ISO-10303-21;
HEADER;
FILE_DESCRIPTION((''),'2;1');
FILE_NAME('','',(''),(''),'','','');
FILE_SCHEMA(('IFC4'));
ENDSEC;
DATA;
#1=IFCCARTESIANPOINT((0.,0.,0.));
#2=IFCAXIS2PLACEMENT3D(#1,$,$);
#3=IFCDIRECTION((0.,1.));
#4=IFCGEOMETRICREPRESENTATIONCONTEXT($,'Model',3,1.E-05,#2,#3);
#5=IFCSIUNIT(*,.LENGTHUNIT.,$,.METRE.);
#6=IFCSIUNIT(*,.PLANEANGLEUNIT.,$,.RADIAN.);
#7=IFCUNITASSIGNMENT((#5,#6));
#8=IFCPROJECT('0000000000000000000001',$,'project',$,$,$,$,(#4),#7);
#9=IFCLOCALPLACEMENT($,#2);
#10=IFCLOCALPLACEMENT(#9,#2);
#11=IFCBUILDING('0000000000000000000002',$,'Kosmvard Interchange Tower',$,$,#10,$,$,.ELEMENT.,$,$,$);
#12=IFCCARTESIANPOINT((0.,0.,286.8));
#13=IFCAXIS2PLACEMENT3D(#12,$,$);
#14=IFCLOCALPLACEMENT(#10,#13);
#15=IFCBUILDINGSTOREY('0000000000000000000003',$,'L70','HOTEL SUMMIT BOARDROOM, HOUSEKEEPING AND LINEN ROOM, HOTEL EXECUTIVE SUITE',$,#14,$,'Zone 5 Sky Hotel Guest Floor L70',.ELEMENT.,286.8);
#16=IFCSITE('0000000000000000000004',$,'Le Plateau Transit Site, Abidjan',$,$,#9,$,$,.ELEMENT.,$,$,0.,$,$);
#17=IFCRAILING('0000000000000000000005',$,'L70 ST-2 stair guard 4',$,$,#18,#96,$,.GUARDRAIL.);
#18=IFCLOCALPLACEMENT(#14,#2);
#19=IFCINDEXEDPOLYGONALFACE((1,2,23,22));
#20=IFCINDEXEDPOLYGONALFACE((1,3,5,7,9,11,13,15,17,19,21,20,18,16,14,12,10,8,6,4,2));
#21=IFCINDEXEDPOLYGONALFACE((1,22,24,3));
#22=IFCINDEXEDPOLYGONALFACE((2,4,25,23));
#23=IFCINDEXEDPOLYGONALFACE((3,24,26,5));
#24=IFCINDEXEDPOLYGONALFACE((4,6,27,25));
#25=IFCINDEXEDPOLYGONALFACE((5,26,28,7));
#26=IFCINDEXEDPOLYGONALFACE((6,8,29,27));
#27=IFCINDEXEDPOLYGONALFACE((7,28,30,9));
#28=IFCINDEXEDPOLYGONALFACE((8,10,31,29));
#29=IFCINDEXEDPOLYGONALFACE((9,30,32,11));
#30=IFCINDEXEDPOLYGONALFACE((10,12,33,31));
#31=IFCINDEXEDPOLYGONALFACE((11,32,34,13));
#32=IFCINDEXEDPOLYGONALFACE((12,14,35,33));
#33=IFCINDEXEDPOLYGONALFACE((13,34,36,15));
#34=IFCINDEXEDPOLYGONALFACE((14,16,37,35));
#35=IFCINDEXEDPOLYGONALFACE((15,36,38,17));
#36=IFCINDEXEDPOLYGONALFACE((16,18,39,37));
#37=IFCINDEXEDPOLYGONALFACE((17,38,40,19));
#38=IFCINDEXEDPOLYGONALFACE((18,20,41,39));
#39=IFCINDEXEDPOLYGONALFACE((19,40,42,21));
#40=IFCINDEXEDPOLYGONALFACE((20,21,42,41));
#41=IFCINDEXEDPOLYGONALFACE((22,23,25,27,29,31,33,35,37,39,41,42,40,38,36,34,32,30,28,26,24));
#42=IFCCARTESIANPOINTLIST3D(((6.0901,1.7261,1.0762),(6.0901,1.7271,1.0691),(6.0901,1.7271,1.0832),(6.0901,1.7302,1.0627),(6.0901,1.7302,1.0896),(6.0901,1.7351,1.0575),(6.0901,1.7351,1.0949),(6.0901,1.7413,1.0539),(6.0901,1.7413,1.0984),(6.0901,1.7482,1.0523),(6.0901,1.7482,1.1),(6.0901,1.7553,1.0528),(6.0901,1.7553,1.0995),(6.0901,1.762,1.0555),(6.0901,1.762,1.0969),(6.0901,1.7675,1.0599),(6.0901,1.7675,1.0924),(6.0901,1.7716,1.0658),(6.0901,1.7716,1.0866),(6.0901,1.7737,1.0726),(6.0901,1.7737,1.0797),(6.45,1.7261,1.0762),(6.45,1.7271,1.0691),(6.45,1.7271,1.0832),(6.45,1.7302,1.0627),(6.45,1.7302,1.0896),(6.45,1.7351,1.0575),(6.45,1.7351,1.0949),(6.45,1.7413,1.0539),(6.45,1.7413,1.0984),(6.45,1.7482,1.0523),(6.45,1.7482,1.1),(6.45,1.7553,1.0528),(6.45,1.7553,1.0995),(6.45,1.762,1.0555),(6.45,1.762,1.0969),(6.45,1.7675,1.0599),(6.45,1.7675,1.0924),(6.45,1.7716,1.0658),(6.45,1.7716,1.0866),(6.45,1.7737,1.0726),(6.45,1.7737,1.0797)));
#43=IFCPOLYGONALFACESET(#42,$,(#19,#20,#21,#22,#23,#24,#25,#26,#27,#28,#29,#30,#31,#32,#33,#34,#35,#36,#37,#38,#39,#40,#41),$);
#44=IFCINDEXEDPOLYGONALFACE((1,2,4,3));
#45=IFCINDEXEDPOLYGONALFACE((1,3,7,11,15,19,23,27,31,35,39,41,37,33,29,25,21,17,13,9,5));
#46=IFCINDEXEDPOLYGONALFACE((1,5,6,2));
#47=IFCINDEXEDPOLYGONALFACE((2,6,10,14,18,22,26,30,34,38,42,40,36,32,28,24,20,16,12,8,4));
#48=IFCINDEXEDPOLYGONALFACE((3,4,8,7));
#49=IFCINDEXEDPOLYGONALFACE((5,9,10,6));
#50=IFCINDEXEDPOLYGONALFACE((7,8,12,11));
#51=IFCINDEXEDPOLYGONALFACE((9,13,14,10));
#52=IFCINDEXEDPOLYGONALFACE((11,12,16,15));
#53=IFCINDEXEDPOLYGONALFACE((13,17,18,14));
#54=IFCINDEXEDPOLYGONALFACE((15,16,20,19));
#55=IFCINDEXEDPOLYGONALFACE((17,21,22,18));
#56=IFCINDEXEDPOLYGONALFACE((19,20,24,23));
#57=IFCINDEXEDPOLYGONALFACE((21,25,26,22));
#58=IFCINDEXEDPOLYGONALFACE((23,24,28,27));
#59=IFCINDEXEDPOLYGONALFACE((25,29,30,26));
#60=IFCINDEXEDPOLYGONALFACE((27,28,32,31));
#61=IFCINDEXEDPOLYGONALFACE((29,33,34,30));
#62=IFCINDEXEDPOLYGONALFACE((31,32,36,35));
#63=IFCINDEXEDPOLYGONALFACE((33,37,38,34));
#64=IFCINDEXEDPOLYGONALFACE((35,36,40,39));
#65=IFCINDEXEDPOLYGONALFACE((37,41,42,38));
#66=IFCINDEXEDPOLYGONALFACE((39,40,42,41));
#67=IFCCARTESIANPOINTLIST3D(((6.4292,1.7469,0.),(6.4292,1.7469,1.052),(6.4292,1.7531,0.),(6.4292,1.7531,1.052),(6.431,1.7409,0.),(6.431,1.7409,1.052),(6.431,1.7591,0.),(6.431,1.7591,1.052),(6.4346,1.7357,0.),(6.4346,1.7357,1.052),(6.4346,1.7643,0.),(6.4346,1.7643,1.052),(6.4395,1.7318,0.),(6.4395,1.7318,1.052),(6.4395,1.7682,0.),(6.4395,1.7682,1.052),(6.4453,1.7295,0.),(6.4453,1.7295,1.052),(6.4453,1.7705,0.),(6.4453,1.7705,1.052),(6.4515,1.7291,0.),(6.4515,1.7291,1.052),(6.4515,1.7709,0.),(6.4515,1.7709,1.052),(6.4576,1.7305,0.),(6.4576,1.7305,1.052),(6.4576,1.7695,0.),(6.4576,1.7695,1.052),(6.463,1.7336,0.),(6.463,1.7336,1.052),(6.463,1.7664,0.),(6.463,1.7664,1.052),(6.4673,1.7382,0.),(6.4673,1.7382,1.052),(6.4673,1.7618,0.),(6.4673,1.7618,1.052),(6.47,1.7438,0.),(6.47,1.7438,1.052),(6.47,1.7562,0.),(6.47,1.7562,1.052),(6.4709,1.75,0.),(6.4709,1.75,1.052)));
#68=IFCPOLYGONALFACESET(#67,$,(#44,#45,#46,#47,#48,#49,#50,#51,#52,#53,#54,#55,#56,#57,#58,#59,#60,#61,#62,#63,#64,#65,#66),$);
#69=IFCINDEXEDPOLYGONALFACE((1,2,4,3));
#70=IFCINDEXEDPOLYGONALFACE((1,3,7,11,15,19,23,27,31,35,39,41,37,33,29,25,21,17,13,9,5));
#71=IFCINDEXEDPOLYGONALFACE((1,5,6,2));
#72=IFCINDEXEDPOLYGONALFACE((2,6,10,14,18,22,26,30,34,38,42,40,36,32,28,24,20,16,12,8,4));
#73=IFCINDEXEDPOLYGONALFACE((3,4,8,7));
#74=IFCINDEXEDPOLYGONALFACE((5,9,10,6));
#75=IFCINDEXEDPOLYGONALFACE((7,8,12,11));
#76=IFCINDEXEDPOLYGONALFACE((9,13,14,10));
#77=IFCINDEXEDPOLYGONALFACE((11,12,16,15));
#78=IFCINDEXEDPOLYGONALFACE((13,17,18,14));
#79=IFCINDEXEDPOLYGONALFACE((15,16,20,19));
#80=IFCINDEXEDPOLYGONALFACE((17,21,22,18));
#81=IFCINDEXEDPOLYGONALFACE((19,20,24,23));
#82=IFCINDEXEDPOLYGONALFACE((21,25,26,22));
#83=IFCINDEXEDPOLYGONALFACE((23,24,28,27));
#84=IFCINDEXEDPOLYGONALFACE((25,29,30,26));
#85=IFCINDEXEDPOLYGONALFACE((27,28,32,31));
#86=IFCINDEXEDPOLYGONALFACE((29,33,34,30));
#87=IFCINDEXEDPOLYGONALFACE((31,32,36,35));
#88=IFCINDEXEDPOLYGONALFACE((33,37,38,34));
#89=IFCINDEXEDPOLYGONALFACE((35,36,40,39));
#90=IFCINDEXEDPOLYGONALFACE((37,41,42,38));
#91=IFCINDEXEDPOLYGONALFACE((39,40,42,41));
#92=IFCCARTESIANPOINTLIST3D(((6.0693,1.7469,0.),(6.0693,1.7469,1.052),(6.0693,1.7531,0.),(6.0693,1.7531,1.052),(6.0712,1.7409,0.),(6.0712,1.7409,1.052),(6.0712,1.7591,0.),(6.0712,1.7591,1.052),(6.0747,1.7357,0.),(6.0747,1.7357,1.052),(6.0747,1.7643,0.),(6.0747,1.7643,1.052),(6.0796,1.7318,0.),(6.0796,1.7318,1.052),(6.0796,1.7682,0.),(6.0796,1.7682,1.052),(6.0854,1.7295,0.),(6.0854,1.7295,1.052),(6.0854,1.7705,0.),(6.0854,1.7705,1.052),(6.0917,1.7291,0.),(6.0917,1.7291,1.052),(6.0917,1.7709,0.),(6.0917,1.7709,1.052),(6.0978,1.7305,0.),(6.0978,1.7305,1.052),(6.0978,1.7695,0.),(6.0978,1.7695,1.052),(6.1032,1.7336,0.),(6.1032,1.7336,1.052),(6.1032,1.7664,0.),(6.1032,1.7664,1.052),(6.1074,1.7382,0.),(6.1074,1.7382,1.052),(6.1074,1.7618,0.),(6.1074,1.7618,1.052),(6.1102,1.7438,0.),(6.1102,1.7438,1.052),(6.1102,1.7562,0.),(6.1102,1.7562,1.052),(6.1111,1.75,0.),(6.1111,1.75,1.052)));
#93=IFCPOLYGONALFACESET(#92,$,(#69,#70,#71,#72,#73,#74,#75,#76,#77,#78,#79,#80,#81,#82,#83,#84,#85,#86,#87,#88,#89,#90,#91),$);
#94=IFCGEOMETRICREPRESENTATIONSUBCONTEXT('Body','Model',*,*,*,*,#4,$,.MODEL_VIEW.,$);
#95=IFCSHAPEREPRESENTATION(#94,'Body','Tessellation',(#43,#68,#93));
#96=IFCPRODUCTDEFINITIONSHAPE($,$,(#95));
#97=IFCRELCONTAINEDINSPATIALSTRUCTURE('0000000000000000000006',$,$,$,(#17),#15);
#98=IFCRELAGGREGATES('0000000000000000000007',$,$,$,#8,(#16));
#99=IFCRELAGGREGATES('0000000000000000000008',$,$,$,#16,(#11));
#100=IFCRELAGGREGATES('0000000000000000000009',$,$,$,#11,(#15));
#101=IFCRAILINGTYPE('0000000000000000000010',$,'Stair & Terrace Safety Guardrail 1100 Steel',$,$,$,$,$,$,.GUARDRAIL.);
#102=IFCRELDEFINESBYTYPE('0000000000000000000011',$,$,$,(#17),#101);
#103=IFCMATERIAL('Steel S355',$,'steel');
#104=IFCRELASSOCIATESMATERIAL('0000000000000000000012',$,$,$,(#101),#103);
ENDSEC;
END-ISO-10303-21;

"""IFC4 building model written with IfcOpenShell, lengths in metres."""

from ifc_helpers import new_model, si_unit, direction, frame, origin, origin_2d, place, context, subcontext, project, spatial, circle, extrude, source, transform, mapped, material, type_object, element, save


model = new_model("IFC4")

# Units and contexts
model_context = context("Model", 3, precision=1e-05, world=origin(), true_north=direction((0.0, 1.0)))
body_context = subcontext(model_context, "Body", "Model", "MODEL_VIEW")
ifc_project = project(units=[si_unit("LENGTHUNIT", "METRE"), si_unit("PLANEANGLEUNIT", "RADIAN")], contexts=[model_context])

# Site, building, storey
site_placement = place(None, origin())
site = spatial("IfcSite", under=ifc_project, at=site_placement, Name="Le Plateau Transit Site, Abidjan", CompositionType="ELEMENT", RefElevation=0.0)
building_placement = place(site_placement, origin())
building = spatial("IfcBuilding", under=site, at=building_placement, Name="Kosmvard Interchange Tower", CompositionType="ELEMENT")
storey_placement = place(building_placement, frame((0.0, 0.0, 286.8)))
storey = spatial("IfcBuildingStorey", under=building, at=storey_placement, Name="L70", Description="HOTEL SUMMIT BOARDROOM, HOUSEKEEPING AND LINEN ROOM, HOTEL EXECUTIVE SUITE", LongName="Zone 5 Sky Hotel Guest Floor L70", CompositionType="ELEMENT", Elevation=286.8)

# Shared definitions
ifc_material_1 = material(Name="Steel S355", Category="steel")

# Railing
railing_type_1 = type_object("IfcRailingType", Name="Stair & Terrace Safety Guardrail 1100 Steel", PredefinedType="GUARDRAIL", material=ifc_material_1)
shared_shape_1 = source(origin(), body_context, "Body", "SweptSolid", [
    extrude(circle(Radius=0.0239, at=origin_2d()), frame((0.0, 0.0, 1.0762), z_axis=(-1.0, 0.0, 0.0), x_axis=(0.0, -1.0, 0.0)), (0.0, 0.0, 1.0), 0.3599),
    extrude(circle(Radius=0.021, at=origin_2d()), origin(), (0.0, 0.0, 1.0), 1.052),
    extrude(circle(Radius=0.021, at=origin_2d()), frame((-0.3599, 0.0, 0.0)), (0.0, 0.0, 1.0), 1.052),
])
for number, where, name in (
    (1, (6.45, 1.75, 0.0), "L70 ST-2 stair guard 4"),
):
    element("IfcRailing", number, at=place(storey_placement, frame(where)), inside=storey, type_object=railing_type_1, Name=name, PredefinedType="GUARDRAIL", context=body_context, shape_type="MappedRepresentation", body=[
        mapped(shared_shape_1, transform((0.0, 0.0, 0.0), scale=1.0)),
    ])

save(model, "model.ifc")
